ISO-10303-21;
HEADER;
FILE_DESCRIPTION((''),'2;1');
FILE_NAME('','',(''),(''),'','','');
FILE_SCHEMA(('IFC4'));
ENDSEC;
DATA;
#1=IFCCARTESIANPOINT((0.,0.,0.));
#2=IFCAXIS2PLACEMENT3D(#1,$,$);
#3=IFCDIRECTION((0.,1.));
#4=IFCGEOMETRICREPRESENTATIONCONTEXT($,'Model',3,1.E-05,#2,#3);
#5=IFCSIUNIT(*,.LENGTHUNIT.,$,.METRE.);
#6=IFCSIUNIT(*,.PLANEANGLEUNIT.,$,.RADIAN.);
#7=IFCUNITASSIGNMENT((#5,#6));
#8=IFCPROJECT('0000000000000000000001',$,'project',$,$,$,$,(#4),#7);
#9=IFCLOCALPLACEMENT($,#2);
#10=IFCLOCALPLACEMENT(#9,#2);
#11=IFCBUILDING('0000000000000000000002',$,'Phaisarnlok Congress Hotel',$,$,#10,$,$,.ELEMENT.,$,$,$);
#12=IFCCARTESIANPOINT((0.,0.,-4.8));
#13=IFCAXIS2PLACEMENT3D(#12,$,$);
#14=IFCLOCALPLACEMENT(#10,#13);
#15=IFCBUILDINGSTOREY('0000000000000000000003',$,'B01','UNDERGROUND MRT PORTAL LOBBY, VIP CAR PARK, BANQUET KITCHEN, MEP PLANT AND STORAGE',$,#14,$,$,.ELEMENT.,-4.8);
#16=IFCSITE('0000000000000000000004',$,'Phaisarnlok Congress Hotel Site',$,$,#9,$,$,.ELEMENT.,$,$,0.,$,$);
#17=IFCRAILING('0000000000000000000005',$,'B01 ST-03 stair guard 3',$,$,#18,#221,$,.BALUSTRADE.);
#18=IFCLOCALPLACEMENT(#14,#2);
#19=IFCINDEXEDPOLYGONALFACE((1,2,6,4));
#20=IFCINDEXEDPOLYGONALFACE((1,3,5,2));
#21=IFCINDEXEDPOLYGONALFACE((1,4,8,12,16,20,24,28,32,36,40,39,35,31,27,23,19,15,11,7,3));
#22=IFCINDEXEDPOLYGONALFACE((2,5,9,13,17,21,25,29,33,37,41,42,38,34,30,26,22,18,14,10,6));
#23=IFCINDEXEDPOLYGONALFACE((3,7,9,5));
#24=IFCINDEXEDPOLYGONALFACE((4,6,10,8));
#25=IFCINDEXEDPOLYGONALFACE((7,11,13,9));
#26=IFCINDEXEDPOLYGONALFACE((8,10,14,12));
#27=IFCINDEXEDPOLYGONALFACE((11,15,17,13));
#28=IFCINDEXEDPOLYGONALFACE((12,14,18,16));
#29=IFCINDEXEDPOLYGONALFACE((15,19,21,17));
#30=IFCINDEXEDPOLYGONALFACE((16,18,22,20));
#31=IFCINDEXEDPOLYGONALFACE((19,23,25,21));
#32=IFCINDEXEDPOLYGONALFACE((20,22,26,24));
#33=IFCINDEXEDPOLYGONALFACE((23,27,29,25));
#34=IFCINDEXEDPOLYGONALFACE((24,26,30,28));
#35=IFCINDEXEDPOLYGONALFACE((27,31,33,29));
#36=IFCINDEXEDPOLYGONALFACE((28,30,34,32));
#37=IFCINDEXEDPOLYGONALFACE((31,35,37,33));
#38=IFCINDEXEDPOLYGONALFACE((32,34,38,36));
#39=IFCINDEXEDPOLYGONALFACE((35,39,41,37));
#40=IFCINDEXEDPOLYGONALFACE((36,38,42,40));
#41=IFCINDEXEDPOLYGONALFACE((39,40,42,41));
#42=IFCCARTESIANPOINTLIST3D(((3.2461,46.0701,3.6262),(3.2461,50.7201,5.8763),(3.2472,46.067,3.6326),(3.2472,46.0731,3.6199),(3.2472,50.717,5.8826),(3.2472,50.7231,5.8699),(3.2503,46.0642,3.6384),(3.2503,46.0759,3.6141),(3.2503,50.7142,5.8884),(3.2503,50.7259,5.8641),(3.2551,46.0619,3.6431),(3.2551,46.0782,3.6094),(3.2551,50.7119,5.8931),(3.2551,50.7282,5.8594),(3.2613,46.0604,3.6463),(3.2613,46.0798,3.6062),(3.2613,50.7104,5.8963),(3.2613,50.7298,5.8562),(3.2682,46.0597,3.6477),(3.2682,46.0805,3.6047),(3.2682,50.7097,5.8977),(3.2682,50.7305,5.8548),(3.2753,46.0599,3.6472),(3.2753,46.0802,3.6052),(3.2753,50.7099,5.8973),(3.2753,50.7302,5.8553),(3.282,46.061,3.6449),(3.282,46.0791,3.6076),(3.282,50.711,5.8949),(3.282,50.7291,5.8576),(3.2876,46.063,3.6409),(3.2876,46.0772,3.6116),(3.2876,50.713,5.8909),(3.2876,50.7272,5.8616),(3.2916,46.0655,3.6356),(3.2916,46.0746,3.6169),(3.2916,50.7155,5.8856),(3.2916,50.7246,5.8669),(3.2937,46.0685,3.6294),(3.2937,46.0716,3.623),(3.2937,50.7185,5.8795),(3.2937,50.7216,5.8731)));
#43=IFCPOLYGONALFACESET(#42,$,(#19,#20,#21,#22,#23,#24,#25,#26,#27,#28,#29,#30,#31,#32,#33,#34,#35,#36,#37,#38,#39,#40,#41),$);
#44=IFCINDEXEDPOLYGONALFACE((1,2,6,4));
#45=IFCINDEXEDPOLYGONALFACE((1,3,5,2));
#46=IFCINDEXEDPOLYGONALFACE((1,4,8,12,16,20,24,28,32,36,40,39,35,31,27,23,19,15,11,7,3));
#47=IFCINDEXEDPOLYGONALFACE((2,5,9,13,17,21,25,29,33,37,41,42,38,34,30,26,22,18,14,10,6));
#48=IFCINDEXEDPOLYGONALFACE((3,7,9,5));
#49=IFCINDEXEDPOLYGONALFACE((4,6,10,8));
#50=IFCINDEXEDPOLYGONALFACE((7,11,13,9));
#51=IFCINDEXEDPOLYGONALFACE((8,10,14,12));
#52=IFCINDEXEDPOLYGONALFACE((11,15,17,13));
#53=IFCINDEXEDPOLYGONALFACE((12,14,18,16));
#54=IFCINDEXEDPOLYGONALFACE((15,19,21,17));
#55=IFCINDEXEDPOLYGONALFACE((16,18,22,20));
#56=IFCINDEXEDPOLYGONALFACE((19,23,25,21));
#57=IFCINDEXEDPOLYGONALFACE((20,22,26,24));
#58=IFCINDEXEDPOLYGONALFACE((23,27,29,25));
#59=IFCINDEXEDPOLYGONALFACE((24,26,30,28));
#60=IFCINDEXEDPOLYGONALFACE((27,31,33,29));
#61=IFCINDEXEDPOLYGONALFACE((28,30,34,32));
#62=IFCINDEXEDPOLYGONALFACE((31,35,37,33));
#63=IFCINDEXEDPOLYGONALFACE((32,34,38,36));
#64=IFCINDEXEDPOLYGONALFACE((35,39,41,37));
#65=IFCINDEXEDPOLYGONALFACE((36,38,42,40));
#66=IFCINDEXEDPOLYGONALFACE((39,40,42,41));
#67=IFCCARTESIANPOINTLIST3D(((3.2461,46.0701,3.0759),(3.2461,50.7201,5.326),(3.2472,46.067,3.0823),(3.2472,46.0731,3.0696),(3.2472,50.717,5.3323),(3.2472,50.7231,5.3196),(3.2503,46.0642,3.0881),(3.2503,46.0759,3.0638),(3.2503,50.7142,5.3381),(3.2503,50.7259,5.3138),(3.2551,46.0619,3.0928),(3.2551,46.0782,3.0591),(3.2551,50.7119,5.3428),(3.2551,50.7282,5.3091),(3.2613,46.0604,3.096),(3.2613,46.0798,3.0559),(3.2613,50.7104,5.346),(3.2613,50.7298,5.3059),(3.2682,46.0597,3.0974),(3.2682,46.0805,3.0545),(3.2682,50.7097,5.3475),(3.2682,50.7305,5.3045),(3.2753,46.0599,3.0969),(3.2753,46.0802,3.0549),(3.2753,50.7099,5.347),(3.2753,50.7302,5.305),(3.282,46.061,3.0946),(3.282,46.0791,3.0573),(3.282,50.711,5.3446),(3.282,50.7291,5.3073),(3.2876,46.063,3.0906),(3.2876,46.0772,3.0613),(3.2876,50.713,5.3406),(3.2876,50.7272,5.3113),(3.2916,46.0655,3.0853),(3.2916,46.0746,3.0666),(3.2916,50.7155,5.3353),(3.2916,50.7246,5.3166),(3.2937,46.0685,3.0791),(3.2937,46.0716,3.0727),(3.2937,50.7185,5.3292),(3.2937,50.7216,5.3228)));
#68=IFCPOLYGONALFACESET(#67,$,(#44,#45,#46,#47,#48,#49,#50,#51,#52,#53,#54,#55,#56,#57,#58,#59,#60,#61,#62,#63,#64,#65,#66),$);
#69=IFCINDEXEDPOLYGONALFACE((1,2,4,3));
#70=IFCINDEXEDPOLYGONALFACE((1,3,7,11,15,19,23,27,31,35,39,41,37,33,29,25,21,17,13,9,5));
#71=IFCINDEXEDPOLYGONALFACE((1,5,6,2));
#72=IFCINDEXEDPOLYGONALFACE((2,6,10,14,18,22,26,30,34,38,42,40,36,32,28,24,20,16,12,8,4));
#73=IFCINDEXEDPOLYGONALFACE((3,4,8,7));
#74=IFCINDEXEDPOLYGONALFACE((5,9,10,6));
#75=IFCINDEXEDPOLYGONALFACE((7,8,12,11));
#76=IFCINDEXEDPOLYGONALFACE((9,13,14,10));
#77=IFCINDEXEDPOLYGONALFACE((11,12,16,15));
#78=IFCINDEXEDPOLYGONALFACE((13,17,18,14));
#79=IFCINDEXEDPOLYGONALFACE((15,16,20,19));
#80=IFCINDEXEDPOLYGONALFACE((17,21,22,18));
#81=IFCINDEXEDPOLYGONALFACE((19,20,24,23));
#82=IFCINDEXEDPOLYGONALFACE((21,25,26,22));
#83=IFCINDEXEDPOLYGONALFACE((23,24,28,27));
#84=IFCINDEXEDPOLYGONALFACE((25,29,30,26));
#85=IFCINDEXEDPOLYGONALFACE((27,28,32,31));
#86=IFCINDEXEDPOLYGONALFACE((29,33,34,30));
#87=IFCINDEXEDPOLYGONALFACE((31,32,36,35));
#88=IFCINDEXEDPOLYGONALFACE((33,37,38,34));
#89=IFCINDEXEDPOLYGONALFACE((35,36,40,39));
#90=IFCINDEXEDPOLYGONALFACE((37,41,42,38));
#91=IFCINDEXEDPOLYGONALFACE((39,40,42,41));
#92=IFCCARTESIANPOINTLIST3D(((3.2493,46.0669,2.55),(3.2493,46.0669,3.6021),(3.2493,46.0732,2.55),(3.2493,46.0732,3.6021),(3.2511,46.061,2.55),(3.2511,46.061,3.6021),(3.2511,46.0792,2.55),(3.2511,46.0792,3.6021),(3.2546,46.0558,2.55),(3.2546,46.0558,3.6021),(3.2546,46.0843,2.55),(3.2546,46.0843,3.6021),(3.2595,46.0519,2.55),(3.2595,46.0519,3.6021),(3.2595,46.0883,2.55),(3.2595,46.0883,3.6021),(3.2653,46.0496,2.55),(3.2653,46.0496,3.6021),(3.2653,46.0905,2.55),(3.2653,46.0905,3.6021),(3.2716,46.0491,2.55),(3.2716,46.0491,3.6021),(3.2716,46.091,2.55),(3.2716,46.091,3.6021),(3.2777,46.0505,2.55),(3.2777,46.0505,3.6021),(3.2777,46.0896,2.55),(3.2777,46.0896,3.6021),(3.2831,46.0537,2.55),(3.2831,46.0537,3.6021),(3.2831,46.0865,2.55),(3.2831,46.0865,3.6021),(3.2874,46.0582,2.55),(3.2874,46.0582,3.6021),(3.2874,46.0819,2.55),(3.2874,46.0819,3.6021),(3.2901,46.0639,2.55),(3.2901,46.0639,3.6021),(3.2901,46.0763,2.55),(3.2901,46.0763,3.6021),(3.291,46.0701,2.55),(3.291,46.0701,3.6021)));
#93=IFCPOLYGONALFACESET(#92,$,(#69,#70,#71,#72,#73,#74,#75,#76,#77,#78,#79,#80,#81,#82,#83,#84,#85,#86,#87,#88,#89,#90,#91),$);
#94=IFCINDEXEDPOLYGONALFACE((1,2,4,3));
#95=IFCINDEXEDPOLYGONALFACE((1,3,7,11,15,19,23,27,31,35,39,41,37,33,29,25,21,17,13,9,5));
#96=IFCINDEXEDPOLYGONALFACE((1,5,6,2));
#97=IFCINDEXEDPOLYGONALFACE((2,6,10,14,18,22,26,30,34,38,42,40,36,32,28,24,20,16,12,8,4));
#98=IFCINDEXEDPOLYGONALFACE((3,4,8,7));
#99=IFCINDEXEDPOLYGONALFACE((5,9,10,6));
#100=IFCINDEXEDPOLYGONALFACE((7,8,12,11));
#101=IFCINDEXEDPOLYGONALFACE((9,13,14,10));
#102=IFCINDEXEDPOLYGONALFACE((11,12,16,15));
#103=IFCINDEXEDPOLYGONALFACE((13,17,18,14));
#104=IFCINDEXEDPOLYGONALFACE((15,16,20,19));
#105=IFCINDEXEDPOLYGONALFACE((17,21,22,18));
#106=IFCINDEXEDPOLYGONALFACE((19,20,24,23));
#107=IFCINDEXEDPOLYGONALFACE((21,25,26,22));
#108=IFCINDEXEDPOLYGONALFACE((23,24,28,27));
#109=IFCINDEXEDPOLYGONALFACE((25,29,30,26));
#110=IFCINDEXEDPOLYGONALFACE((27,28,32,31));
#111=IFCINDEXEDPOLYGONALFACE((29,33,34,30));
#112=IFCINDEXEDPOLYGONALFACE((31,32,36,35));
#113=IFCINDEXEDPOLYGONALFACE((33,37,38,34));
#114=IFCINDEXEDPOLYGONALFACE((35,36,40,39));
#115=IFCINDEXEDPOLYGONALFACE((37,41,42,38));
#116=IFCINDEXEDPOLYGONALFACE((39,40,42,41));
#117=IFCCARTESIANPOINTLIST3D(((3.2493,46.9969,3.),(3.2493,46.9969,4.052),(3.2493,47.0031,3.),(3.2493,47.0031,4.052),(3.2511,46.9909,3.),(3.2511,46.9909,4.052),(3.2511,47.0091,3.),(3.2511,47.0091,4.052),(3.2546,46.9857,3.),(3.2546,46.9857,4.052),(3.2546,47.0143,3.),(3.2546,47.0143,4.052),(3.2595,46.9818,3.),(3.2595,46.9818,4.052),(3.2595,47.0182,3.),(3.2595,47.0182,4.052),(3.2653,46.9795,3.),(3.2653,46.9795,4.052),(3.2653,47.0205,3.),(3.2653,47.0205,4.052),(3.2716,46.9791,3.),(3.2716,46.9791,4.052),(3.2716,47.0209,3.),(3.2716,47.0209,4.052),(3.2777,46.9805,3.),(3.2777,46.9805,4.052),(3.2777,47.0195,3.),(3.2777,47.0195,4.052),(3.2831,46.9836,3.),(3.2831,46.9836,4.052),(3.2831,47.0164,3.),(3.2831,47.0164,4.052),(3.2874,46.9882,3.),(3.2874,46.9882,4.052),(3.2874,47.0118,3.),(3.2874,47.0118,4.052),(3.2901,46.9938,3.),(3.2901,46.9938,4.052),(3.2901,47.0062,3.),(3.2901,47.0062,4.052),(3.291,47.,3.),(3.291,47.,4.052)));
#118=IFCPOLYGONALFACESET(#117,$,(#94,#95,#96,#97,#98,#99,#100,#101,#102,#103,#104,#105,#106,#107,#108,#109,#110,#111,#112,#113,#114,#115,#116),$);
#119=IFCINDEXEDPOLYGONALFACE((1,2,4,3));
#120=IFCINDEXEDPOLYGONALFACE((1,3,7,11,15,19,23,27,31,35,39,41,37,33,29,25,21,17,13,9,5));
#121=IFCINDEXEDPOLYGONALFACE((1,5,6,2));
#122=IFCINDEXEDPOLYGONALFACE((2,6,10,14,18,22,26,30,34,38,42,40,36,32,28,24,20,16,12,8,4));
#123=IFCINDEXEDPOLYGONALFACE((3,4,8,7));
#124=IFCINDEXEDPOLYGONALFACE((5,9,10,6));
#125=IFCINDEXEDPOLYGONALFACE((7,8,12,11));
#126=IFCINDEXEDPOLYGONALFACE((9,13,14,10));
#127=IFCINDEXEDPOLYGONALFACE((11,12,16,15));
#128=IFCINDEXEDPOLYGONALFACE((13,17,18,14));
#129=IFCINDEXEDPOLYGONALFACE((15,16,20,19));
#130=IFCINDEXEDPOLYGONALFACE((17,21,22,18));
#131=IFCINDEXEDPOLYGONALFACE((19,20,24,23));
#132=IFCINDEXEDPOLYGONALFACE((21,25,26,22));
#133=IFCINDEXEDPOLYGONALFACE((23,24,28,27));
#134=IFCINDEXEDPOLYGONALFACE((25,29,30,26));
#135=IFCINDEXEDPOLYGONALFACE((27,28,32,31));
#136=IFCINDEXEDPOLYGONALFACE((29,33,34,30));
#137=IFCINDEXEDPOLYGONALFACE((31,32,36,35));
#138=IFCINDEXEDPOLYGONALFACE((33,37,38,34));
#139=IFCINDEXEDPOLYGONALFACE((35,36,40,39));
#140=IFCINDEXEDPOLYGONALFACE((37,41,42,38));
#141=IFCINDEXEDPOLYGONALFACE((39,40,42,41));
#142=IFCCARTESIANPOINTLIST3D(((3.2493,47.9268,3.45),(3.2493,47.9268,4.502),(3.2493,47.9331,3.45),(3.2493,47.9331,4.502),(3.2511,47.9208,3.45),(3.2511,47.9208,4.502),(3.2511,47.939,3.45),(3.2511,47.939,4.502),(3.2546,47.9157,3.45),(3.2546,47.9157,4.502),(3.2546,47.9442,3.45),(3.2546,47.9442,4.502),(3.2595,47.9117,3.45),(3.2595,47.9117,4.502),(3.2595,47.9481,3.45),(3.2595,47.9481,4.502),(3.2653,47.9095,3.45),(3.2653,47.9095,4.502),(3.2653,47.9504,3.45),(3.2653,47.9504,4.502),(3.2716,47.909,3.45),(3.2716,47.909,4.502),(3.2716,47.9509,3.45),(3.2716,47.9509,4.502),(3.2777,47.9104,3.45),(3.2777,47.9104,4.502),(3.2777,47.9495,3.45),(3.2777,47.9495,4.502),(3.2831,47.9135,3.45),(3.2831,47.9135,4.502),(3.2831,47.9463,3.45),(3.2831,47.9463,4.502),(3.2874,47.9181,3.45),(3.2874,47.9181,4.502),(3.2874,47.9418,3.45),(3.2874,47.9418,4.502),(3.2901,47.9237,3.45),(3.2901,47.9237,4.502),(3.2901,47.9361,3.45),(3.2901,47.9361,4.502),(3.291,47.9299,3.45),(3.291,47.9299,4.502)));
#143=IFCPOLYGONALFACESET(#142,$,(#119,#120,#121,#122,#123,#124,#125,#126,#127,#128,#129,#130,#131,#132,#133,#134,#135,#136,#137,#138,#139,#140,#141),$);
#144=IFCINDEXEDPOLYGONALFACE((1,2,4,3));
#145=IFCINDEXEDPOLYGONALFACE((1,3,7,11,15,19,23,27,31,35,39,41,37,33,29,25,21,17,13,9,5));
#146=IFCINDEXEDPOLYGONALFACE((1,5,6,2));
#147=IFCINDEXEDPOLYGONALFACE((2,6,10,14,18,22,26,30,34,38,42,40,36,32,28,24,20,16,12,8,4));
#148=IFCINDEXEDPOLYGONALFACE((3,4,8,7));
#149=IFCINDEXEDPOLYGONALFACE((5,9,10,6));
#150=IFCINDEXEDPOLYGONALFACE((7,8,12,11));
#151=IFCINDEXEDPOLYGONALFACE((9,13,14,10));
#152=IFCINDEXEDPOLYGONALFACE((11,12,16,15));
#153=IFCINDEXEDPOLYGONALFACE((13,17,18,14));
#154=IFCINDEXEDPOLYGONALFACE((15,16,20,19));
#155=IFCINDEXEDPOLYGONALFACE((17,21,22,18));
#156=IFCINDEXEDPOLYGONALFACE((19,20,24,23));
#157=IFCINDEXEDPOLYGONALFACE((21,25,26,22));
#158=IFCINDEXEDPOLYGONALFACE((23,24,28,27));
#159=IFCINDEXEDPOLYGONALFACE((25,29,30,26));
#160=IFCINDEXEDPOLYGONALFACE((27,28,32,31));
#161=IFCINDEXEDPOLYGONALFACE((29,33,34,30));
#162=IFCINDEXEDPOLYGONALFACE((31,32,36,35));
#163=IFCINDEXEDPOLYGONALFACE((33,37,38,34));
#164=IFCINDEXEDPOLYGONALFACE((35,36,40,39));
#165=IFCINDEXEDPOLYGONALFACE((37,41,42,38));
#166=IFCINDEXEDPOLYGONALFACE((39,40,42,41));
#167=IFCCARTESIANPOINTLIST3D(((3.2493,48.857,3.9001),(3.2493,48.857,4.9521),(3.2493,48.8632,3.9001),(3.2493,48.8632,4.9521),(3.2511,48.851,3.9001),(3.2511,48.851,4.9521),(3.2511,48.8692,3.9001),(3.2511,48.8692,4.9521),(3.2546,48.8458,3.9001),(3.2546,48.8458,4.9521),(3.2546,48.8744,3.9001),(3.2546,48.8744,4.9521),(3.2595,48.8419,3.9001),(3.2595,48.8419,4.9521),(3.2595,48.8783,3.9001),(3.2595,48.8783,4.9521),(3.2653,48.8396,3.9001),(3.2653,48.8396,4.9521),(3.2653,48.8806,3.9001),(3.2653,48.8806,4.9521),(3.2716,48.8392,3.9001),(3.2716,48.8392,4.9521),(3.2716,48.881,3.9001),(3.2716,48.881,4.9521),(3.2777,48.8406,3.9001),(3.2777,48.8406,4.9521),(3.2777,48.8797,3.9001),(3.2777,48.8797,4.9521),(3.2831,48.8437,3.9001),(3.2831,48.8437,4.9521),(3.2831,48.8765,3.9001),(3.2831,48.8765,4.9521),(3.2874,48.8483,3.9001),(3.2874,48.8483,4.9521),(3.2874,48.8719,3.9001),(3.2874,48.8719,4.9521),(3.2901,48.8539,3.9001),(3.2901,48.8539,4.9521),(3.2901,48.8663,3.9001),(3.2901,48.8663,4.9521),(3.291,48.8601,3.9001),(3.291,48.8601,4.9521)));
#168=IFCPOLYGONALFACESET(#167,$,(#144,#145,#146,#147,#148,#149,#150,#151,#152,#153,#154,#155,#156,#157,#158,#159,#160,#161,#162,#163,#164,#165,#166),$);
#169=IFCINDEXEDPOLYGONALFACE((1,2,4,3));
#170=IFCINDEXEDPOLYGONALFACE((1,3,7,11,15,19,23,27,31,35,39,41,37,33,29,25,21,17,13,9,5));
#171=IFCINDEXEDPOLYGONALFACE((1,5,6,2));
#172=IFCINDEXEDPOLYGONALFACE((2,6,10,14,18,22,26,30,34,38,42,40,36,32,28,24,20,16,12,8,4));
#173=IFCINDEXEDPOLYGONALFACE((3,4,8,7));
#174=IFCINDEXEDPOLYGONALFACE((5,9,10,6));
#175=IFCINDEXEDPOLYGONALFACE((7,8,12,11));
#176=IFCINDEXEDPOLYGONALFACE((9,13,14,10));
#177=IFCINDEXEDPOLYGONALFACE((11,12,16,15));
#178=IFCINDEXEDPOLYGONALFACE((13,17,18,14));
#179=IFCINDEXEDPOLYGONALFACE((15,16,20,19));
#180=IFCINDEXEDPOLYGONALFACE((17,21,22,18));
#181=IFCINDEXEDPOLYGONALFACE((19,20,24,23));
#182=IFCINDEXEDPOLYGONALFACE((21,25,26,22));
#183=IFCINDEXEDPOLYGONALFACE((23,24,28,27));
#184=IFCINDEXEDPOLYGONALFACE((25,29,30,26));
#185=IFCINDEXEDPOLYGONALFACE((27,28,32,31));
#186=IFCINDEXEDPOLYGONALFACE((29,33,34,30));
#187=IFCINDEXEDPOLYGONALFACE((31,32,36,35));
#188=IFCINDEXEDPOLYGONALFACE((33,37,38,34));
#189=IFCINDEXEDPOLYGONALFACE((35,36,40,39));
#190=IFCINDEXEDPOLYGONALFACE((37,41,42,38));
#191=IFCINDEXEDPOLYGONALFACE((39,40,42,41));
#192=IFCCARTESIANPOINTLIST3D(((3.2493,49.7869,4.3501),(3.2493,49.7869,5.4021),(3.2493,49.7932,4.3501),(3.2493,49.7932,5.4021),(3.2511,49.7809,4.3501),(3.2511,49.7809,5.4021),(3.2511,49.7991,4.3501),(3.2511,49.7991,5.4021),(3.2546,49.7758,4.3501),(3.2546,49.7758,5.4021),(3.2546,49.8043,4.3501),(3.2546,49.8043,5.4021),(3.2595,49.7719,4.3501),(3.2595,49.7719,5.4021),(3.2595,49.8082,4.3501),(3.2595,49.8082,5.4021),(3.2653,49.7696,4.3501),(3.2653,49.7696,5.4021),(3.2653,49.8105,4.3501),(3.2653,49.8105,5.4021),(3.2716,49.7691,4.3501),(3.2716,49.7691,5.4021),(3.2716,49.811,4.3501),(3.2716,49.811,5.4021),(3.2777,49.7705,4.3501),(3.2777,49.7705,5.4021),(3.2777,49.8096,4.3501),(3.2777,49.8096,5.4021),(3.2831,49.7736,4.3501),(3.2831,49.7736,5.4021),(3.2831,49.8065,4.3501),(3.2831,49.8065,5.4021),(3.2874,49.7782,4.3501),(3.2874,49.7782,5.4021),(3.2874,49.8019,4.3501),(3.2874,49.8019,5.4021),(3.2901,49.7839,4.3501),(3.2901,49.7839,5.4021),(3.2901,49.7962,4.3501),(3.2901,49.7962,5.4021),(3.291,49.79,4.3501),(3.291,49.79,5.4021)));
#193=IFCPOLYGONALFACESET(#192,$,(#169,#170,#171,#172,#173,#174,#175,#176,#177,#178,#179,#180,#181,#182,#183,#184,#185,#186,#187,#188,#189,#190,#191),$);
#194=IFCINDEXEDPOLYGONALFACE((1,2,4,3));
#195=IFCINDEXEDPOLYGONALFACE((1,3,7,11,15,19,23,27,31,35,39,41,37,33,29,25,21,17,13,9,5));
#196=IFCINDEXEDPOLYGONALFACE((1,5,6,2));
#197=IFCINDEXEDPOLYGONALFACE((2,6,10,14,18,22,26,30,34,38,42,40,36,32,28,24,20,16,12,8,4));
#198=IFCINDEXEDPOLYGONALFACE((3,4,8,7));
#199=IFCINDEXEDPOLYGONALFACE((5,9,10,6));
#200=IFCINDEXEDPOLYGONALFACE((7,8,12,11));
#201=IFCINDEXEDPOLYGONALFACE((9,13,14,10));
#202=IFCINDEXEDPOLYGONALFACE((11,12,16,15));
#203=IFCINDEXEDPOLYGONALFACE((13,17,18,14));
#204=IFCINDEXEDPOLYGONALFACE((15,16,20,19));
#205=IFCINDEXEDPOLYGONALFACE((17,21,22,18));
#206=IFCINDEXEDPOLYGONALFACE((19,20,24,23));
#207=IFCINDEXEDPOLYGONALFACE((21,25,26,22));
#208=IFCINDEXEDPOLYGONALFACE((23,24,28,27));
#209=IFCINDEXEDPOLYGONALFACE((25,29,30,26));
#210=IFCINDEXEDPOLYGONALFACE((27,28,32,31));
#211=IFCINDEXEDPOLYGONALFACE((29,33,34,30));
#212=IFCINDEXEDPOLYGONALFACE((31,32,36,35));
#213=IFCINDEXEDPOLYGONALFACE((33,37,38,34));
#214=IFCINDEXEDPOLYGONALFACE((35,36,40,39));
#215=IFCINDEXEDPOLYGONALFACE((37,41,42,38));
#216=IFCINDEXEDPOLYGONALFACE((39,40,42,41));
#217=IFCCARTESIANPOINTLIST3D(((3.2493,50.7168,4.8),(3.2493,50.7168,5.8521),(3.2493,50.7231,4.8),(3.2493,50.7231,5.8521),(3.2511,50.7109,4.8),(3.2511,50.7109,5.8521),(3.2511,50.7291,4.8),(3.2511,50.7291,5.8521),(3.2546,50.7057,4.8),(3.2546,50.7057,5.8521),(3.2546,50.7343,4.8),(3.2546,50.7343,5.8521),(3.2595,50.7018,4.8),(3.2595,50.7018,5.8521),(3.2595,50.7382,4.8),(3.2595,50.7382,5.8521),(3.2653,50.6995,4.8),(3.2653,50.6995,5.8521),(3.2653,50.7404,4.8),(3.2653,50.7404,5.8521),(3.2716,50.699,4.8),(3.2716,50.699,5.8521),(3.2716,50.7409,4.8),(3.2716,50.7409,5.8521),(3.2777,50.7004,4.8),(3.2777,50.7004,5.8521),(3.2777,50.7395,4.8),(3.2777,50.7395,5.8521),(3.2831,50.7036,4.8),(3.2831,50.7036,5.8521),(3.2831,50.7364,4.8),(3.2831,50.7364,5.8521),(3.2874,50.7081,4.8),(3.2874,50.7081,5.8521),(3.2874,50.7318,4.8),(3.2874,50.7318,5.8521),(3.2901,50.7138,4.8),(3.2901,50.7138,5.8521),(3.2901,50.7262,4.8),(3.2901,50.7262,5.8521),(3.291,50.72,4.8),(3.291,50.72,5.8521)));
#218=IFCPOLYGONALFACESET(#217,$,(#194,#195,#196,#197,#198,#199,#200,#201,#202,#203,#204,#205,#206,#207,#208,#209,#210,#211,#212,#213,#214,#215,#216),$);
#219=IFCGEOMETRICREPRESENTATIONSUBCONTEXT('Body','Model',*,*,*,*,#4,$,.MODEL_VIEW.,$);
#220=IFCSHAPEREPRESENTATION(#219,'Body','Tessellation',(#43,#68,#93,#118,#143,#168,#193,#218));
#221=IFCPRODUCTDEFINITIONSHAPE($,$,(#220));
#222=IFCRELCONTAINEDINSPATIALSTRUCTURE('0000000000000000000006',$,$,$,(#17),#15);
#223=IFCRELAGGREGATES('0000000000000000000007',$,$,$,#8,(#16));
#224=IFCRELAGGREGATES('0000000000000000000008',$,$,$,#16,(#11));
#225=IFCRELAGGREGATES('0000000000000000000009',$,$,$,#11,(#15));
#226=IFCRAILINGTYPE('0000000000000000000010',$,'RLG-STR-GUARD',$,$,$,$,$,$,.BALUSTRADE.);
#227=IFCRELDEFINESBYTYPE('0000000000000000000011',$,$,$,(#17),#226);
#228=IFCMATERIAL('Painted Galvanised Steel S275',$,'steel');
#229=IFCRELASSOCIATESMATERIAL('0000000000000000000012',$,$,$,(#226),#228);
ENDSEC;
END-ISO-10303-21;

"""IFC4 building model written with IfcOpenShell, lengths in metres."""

from ifc_helpers import new_model, si_unit, direction, frame, origin, origin_2d, place, context, subcontext, project, spatial, circle, extrude, material, type_object, element, save


model = new_model("IFC4")

# Units and contexts
model_context = context("Model", 3, precision=1e-05, world=origin(), true_north=direction((0.0, 1.0)))
body_context = subcontext(model_context, "Body", "Model", "MODEL_VIEW")
ifc_project = project(units=[si_unit("LENGTHUNIT", "METRE"), si_unit("PLANEANGLEUNIT", "RADIAN")], contexts=[model_context])

# Site, building, storey
site_placement = place(None, origin())
site = spatial("IfcSite", under=ifc_project, at=site_placement, Name="Phaisarnlok Congress Hotel Site", CompositionType="ELEMENT", RefElevation=0.0)
building_placement = place(site_placement, origin())
building = spatial("IfcBuilding", under=site, at=building_placement, Name="Phaisarnlok Congress Hotel", CompositionType="ELEMENT")
storey_placement = place(building_placement, frame((0.0, 0.0, -4.8)))
storey = spatial("IfcBuildingStorey", under=building, at=storey_placement, Name="B01", Description="UNDERGROUND MRT PORTAL LOBBY, VIP CAR PARK, BANQUET KITCHEN, MEP PLANT AND STORAGE", CompositionType="ELEMENT", Elevation=-4.8)

# Railing
ifc_material_1 = material(Name="Painted Galvanised Steel S275", Category="steel")
railing_type_1 = type_object("IfcRailingType", Name="RLG-STR-GUARD", PredefinedType="BALUSTRADE", material=ifc_material_1)
railing_1_placement = place(storey_placement, frame((3.27, 46.0701, 2.55)))
element("IfcRailing", 1, at=railing_1_placement, inside=storey, type_object=railing_type_1, Name="B01 ST-03 stair guard 3", PredefinedType="BALUSTRADE", context=body_context, shape_type="SweptSolid", body=[
    extrude(circle(Radius=0.0239, at=origin_2d()), frame((0.0, 0.0, 1.0762), z_axis=(0.0, 0.900156, 0.435568), x_axis=(-1.0, 0.0, 0.0)), (0.0, 0.0, 1.0), 5.1658),
    extrude(circle(Radius=0.0239, at=origin_2d()), frame((0.0, 0.0, 0.5259), z_axis=(0.0, 0.900156, 0.435568), x_axis=(-1.0, 0.0, 0.0)), (0.0, 0.0, 1.0), 5.1658),
    extrude(circle(Radius=0.021, at=origin_2d()), origin(), (0.0, 0.0, 1.0), 1.052),
    extrude(circle(Radius=0.021, at=origin_2d()), frame((0.0, 0.9299, 0.45)), (0.0, 0.0, 1.0), 1.052),
    extrude(circle(Radius=0.021, at=origin_2d()), frame((0.0, 1.8599, 0.8999)), (0.0, 0.0, 1.0), 1.052),
    extrude(circle(Radius=0.021, at=origin_2d()), frame((0.0, 2.79, 1.3501)), (0.0, 0.0, 1.0), 1.052),
    extrude(circle(Radius=0.021, at=origin_2d()), frame((0.0, 3.72, 1.8)), (0.0, 0.0, 1.0), 1.052),
    extrude(circle(Radius=0.021, at=origin_2d()), frame((0.0, 4.6499, 2.25)), (0.0, 0.0, 1.0), 1.052),
])

save(model, "model.ifc")
